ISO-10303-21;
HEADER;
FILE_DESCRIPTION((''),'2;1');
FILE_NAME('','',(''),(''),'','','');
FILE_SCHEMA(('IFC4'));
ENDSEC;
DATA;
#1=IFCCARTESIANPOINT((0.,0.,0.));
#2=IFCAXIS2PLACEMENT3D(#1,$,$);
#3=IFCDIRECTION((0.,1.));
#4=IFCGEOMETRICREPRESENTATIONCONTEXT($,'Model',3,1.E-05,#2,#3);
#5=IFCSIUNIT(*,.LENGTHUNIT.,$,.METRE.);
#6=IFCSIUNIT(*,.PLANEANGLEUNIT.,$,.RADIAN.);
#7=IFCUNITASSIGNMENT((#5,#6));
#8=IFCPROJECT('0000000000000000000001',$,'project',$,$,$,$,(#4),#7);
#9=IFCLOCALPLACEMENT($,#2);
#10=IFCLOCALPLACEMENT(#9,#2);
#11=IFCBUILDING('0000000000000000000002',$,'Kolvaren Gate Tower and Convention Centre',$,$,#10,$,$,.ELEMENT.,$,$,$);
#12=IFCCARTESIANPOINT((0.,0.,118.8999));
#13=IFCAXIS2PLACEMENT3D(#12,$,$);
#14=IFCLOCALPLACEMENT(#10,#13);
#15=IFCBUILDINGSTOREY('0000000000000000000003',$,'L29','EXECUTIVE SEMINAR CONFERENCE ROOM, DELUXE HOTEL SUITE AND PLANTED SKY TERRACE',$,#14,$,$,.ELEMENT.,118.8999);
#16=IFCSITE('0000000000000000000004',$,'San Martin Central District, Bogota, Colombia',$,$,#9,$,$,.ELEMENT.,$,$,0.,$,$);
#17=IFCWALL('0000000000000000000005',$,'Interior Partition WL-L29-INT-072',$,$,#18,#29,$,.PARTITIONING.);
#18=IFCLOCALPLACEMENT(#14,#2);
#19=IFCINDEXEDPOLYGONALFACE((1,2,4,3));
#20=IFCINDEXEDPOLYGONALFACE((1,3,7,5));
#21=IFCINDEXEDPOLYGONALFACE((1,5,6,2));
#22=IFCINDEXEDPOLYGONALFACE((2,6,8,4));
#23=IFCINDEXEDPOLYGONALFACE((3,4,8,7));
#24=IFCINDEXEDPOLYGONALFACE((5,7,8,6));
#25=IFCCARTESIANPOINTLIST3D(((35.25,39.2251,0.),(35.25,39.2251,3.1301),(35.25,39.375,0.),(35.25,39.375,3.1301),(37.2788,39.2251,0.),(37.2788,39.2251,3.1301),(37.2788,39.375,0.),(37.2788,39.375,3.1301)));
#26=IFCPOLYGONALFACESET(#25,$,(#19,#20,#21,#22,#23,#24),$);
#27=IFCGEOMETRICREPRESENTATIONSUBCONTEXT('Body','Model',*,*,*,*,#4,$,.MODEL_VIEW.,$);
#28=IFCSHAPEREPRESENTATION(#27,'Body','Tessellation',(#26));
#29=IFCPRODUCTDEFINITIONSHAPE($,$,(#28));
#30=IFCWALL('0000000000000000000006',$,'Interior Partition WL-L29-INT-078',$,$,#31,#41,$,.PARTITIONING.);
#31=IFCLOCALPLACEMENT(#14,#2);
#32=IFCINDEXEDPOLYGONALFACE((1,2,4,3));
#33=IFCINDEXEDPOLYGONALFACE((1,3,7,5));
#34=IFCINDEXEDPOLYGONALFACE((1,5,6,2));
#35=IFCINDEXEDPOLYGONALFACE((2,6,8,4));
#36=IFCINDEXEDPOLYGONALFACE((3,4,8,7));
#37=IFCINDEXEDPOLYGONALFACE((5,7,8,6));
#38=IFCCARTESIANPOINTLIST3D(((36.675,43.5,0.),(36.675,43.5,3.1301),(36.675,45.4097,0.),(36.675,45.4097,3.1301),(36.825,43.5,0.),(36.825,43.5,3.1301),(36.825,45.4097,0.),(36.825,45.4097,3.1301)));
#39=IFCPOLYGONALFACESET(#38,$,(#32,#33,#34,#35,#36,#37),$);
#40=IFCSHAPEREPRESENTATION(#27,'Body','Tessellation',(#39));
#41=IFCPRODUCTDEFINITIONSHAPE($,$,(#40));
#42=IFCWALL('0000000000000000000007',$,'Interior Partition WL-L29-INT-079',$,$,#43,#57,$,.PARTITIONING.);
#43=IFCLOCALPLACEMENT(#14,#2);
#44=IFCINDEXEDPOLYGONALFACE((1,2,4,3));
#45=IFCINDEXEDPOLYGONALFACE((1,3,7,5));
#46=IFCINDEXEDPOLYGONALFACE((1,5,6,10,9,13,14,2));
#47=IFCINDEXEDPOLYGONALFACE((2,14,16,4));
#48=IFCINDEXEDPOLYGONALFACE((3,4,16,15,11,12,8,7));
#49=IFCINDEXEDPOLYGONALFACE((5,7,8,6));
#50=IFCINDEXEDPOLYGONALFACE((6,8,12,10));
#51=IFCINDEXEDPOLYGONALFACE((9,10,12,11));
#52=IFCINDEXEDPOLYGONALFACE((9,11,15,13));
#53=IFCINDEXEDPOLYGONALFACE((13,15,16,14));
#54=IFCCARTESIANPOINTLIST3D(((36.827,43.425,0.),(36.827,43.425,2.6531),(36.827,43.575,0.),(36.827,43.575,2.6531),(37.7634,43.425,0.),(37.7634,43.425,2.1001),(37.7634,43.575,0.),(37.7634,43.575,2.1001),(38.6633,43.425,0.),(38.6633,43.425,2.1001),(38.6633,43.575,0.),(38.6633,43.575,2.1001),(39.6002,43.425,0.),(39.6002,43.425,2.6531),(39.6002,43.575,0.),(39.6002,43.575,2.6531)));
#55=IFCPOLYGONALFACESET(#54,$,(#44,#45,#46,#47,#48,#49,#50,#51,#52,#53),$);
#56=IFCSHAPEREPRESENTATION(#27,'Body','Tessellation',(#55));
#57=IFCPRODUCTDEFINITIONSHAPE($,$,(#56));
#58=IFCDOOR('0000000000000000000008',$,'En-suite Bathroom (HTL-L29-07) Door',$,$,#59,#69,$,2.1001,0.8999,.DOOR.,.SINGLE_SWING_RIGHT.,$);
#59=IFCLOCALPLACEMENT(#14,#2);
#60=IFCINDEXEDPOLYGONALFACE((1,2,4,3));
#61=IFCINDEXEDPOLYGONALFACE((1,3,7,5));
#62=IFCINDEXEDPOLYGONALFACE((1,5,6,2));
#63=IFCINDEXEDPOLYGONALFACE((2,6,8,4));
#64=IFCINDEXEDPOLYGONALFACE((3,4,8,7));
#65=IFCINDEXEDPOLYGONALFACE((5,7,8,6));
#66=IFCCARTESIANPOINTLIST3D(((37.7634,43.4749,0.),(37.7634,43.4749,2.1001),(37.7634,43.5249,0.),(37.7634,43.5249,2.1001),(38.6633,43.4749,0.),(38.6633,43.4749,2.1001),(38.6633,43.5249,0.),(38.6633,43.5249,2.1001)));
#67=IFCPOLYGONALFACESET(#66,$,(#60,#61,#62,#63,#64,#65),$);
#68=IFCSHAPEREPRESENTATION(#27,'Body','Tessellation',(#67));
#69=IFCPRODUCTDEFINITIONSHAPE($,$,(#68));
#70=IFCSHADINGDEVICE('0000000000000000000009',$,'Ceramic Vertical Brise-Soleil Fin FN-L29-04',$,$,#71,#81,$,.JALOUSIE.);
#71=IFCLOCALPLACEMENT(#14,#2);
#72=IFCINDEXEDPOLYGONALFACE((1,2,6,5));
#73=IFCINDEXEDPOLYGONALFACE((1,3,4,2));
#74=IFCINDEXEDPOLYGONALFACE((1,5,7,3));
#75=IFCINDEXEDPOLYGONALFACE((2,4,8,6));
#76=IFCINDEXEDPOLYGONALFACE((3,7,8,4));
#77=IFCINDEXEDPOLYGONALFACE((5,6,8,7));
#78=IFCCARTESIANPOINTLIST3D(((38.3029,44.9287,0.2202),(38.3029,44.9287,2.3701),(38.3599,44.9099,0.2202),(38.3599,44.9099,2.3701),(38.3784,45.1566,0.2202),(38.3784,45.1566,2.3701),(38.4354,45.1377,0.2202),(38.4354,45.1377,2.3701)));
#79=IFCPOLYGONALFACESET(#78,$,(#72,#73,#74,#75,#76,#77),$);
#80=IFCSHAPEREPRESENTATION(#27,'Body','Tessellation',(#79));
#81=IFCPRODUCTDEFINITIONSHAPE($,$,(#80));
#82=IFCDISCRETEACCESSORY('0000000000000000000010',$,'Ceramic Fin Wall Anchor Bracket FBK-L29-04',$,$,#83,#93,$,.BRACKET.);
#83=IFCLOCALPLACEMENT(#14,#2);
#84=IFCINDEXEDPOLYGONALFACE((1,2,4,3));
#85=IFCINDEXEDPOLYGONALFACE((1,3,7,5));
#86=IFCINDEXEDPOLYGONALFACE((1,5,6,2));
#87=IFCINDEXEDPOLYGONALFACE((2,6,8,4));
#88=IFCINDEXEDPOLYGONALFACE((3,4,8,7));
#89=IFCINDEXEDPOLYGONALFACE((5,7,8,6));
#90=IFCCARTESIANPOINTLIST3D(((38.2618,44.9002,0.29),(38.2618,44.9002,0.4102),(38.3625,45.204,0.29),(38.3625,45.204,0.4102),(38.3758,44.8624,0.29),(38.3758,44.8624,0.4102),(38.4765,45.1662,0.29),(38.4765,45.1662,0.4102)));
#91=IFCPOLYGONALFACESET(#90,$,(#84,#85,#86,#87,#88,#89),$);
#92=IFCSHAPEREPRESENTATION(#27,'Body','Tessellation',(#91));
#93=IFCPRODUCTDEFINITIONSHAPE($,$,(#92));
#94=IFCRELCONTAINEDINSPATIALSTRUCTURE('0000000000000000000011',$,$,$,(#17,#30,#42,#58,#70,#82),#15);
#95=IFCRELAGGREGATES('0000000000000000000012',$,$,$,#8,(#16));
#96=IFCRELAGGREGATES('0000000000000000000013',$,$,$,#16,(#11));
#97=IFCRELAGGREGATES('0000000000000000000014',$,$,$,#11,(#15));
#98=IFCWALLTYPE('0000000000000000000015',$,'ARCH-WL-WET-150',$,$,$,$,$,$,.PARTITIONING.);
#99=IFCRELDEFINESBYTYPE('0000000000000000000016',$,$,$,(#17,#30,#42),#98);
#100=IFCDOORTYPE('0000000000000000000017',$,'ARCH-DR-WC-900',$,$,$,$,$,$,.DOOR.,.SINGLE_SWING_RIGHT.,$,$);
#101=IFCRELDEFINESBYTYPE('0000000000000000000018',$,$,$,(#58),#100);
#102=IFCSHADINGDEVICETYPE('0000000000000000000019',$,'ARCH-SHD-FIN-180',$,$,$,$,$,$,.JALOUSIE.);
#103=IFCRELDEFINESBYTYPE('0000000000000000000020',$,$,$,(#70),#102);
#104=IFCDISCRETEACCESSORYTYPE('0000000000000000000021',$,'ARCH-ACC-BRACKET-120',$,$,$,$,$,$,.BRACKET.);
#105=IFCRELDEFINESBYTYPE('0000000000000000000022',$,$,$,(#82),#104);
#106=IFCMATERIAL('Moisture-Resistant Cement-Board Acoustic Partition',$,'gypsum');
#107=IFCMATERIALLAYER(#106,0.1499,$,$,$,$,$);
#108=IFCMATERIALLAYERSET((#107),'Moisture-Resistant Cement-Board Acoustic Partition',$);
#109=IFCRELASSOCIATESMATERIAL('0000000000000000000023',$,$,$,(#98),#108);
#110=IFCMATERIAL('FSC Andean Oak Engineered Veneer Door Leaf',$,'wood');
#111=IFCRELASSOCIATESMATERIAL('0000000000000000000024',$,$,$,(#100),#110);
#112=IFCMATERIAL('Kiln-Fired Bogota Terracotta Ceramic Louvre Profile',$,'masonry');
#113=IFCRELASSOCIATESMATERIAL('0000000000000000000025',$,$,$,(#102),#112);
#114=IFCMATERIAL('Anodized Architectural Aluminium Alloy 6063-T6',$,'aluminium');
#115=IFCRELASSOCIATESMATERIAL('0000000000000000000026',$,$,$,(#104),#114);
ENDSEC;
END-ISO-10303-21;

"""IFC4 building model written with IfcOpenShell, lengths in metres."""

from ifc_helpers import new_model, si_unit, direction, frame, frame_2d, origin, origin_2d, place, context, subcontext, project, spatial, rectangle, extrude, material, layer, layer_set, type_object, element, fill, save


model = new_model("IFC4")

# Units and contexts
model_context = context("Model", 3, precision=1e-05, world=origin(), true_north=direction((0.0, 1.0)))
body_context = subcontext(model_context, "Body", "Model", "MODEL_VIEW")
ifc_project = project(units=[si_unit("LENGTHUNIT", "METRE"), si_unit("PLANEANGLEUNIT", "RADIAN")], contexts=[model_context])

# Site, building, storey
site_placement = place(None, origin())
site = spatial("IfcSite", under=ifc_project, at=site_placement, Name="San Martin Central District, Bogota, Colombia", CompositionType="ELEMENT", RefElevation=0.0)
building_placement = place(site_placement, origin())
building = spatial("IfcBuilding", under=site, at=building_placement, Name="Kolvaren Gate Tower and Convention Centre", CompositionType="ELEMENT")
storey_placement = place(building_placement, frame((0.0, 0.0, 118.8999)))
storey = spatial("IfcBuildingStorey", under=building, at=storey_placement, Name="L29", Description="EXECUTIVE SEMINAR CONFERENCE ROOM, DELUXE HOTEL SUITE AND PLANTED SKY TERRACE", CompositionType="ELEMENT", Elevation=118.8999)

# Walls
ifc_material_1 = material(Name="Moisture-Resistant Cement-Board Acoustic Partition", Category="gypsum")
ifc_layer_1 = layer(ifc_material_1, 0.1499)
ifc_layer_set_1 = layer_set([ifc_layer_1], Name="Moisture-Resistant Cement-Board Acoustic Partition")
wall_type_1 = type_object("IfcWallType", Name="ARCH-WL-WET-150", PredefinedType="PARTITIONING", material=ifc_layer_set_1)
wall_1_placement = place(storey_placement, frame((35.25, 39.3, 0.0), z_axis=(0.0, 0.0, 1.0), x_axis=(1.0, 0.0, 0.0)))
element("IfcWall", 1, at=wall_1_placement, inside=storey, type_object=wall_type_1, Name="Interior Partition WL-L29-INT-072", PredefinedType="PARTITIONING", context=body_context, shape_type="SweptSolid", body=[
    extrude(rectangle(XDim=2.0288, YDim=0.1499, at=frame_2d((1.0144, 0.0))), origin(), (0.0, 0.0, 1.0), 3.1301),
])
wall_2_placement = place(storey_placement, frame((36.75, 43.5, 0.0), z_axis=(0.0, 0.0, 1.0), x_axis=(0.0, 1.0, 0.0)))
element("IfcWall", 2, at=wall_2_placement, inside=storey, type_object=wall_type_1, Name="Interior Partition WL-L29-INT-078", PredefinedType="PARTITIONING", context=body_context, shape_type="SweptSolid", body=[
    extrude(rectangle(XDim=1.9097, YDim=0.1499, at=frame_2d((0.9548, 0.0))), origin(), (0.0, 0.0, 1.0), 3.1301),
])

# Wall, opening, door
wall_3_placement = place(storey_placement, frame((36.8269, 43.5, 0.0), z_axis=(0.0, 0.0, 1.0), x_axis=(1.0, 0.0, 0.0)))
wall_3 = element("IfcWall", 3, at=wall_3_placement, inside=storey, type_object=wall_type_1, Name="Interior Partition WL-L29-INT-079", PredefinedType="PARTITIONING", context=body_context, shape_type="SweptSolid", body=[
    extrude(rectangle(XDim=2.7732, YDim=0.1499, at=frame_2d((1.3867, 0.0))), origin(), (0.0, 0.0, 1.0), 2.6531),
])
opening_1_placement = place(wall_3_placement, frame((0.9365, 0.0, 0.0)))
opening_1 = element("IfcOpeningElement", 4, at=opening_1_placement, cuts=wall_3, PredefinedType="OPENING", context=body_context, shape_type="SweptSolid", body=[
    extrude(rectangle(XDim=0.8999, YDim=2.1001, at=frame_2d((0.45, 1.05))), frame((0.0, 0.085, 0.0), z_axis=(0.0, -1.0, 0.0), x_axis=(1.0, 0.0, 0.0)), (0.0, 0.0, 1.0), 0.1699),
])
ifc_material_2 = material(Name="FSC Andean Oak Engineered Veneer Door Leaf", Category="wood")
door_type_1 = type_object("IfcDoorType", Name="ARCH-DR-WC-900", OperationType="SINGLE_SWING_RIGHT", PredefinedType="DOOR", material=ifc_material_2)
door_1_placement = place(opening_1_placement, origin())
door_1 = element("IfcDoor", 5, at=door_1_placement, inside=storey, type_object=door_type_1, Name="En-suite Bathroom (HTL-L29-07) Door", OperationType="SINGLE_SWING_RIGHT", OverallHeight=2.1001, OverallWidth=0.8999, PredefinedType="DOOR", context=body_context, shape_type="SweptSolid", body=[
    extrude(rectangle(XDim=0.8999, YDim=2.1001, at=frame_2d((0.45, 1.05))), frame((0.0, 0.0249, 0.0), z_axis=(0.0, -1.0, 0.0), x_axis=(1.0, 0.0, 0.0)), (0.0, 0.0, 1.0), 0.05),
])
fill(opening_1, door_1)

# Shading device
ifc_material_3 = material(Name="Kiln-Fired Bogota Terracotta Ceramic Louvre Profile", Category="masonry")
shading_device_type = type_object("IfcShadingDeviceType", Name="ARCH-SHD-FIN-180", PredefinedType="JALOUSIE", material=ifc_material_3)
shading_device_placement = place(storey_placement, frame((38.3691, 45.0332, 0.2202), z_axis=(0.0, 0.0, 1.0), x_axis=(0.94924, -0.314552, 0.0)))
element("IfcShadingDevice", 6, at=shading_device_placement, inside=storey, type_object=shading_device_type, Name="Ceramic Vertical Brise-Soleil Fin FN-L29-04", PredefinedType="JALOUSIE", context=body_context, shape_type="SweptSolid", body=[
    extrude(rectangle(XDim=0.0601, YDim=0.24, at=origin_2d()), origin(), (0.0, 0.0, 1.0), 2.1499),
])

# Discrete accessory
ifc_material_4 = material(Name="Anodized Architectural Aluminium Alloy 6063-T6", Category="aluminium")
discrete_accessory_type = type_object("IfcDiscreteAccessoryType", Name="ARCH-ACC-BRACKET-120", PredefinedType="BRACKET", material=ifc_material_4)
discrete_accessory_placement = place(storey_placement, frame((38.3691, 45.0332, 0.29), z_axis=(0.0, 0.0, 1.0), x_axis=(0.94924, -0.314552, 0.0)))
element("IfcDiscreteAccessory", 7, at=discrete_accessory_placement, inside=storey, type_object=discrete_accessory_type, Name="Ceramic Fin Wall Anchor Bracket FBK-L29-04", PredefinedType="BRACKET", context=body_context, shape_type="SweptSolid", body=[
    extrude(rectangle(XDim=0.1201, YDim=0.3201, at=origin_2d()), origin(), (0.0, 0.0, 1.0), 0.1201),
])

save(model, "model.ifc")
